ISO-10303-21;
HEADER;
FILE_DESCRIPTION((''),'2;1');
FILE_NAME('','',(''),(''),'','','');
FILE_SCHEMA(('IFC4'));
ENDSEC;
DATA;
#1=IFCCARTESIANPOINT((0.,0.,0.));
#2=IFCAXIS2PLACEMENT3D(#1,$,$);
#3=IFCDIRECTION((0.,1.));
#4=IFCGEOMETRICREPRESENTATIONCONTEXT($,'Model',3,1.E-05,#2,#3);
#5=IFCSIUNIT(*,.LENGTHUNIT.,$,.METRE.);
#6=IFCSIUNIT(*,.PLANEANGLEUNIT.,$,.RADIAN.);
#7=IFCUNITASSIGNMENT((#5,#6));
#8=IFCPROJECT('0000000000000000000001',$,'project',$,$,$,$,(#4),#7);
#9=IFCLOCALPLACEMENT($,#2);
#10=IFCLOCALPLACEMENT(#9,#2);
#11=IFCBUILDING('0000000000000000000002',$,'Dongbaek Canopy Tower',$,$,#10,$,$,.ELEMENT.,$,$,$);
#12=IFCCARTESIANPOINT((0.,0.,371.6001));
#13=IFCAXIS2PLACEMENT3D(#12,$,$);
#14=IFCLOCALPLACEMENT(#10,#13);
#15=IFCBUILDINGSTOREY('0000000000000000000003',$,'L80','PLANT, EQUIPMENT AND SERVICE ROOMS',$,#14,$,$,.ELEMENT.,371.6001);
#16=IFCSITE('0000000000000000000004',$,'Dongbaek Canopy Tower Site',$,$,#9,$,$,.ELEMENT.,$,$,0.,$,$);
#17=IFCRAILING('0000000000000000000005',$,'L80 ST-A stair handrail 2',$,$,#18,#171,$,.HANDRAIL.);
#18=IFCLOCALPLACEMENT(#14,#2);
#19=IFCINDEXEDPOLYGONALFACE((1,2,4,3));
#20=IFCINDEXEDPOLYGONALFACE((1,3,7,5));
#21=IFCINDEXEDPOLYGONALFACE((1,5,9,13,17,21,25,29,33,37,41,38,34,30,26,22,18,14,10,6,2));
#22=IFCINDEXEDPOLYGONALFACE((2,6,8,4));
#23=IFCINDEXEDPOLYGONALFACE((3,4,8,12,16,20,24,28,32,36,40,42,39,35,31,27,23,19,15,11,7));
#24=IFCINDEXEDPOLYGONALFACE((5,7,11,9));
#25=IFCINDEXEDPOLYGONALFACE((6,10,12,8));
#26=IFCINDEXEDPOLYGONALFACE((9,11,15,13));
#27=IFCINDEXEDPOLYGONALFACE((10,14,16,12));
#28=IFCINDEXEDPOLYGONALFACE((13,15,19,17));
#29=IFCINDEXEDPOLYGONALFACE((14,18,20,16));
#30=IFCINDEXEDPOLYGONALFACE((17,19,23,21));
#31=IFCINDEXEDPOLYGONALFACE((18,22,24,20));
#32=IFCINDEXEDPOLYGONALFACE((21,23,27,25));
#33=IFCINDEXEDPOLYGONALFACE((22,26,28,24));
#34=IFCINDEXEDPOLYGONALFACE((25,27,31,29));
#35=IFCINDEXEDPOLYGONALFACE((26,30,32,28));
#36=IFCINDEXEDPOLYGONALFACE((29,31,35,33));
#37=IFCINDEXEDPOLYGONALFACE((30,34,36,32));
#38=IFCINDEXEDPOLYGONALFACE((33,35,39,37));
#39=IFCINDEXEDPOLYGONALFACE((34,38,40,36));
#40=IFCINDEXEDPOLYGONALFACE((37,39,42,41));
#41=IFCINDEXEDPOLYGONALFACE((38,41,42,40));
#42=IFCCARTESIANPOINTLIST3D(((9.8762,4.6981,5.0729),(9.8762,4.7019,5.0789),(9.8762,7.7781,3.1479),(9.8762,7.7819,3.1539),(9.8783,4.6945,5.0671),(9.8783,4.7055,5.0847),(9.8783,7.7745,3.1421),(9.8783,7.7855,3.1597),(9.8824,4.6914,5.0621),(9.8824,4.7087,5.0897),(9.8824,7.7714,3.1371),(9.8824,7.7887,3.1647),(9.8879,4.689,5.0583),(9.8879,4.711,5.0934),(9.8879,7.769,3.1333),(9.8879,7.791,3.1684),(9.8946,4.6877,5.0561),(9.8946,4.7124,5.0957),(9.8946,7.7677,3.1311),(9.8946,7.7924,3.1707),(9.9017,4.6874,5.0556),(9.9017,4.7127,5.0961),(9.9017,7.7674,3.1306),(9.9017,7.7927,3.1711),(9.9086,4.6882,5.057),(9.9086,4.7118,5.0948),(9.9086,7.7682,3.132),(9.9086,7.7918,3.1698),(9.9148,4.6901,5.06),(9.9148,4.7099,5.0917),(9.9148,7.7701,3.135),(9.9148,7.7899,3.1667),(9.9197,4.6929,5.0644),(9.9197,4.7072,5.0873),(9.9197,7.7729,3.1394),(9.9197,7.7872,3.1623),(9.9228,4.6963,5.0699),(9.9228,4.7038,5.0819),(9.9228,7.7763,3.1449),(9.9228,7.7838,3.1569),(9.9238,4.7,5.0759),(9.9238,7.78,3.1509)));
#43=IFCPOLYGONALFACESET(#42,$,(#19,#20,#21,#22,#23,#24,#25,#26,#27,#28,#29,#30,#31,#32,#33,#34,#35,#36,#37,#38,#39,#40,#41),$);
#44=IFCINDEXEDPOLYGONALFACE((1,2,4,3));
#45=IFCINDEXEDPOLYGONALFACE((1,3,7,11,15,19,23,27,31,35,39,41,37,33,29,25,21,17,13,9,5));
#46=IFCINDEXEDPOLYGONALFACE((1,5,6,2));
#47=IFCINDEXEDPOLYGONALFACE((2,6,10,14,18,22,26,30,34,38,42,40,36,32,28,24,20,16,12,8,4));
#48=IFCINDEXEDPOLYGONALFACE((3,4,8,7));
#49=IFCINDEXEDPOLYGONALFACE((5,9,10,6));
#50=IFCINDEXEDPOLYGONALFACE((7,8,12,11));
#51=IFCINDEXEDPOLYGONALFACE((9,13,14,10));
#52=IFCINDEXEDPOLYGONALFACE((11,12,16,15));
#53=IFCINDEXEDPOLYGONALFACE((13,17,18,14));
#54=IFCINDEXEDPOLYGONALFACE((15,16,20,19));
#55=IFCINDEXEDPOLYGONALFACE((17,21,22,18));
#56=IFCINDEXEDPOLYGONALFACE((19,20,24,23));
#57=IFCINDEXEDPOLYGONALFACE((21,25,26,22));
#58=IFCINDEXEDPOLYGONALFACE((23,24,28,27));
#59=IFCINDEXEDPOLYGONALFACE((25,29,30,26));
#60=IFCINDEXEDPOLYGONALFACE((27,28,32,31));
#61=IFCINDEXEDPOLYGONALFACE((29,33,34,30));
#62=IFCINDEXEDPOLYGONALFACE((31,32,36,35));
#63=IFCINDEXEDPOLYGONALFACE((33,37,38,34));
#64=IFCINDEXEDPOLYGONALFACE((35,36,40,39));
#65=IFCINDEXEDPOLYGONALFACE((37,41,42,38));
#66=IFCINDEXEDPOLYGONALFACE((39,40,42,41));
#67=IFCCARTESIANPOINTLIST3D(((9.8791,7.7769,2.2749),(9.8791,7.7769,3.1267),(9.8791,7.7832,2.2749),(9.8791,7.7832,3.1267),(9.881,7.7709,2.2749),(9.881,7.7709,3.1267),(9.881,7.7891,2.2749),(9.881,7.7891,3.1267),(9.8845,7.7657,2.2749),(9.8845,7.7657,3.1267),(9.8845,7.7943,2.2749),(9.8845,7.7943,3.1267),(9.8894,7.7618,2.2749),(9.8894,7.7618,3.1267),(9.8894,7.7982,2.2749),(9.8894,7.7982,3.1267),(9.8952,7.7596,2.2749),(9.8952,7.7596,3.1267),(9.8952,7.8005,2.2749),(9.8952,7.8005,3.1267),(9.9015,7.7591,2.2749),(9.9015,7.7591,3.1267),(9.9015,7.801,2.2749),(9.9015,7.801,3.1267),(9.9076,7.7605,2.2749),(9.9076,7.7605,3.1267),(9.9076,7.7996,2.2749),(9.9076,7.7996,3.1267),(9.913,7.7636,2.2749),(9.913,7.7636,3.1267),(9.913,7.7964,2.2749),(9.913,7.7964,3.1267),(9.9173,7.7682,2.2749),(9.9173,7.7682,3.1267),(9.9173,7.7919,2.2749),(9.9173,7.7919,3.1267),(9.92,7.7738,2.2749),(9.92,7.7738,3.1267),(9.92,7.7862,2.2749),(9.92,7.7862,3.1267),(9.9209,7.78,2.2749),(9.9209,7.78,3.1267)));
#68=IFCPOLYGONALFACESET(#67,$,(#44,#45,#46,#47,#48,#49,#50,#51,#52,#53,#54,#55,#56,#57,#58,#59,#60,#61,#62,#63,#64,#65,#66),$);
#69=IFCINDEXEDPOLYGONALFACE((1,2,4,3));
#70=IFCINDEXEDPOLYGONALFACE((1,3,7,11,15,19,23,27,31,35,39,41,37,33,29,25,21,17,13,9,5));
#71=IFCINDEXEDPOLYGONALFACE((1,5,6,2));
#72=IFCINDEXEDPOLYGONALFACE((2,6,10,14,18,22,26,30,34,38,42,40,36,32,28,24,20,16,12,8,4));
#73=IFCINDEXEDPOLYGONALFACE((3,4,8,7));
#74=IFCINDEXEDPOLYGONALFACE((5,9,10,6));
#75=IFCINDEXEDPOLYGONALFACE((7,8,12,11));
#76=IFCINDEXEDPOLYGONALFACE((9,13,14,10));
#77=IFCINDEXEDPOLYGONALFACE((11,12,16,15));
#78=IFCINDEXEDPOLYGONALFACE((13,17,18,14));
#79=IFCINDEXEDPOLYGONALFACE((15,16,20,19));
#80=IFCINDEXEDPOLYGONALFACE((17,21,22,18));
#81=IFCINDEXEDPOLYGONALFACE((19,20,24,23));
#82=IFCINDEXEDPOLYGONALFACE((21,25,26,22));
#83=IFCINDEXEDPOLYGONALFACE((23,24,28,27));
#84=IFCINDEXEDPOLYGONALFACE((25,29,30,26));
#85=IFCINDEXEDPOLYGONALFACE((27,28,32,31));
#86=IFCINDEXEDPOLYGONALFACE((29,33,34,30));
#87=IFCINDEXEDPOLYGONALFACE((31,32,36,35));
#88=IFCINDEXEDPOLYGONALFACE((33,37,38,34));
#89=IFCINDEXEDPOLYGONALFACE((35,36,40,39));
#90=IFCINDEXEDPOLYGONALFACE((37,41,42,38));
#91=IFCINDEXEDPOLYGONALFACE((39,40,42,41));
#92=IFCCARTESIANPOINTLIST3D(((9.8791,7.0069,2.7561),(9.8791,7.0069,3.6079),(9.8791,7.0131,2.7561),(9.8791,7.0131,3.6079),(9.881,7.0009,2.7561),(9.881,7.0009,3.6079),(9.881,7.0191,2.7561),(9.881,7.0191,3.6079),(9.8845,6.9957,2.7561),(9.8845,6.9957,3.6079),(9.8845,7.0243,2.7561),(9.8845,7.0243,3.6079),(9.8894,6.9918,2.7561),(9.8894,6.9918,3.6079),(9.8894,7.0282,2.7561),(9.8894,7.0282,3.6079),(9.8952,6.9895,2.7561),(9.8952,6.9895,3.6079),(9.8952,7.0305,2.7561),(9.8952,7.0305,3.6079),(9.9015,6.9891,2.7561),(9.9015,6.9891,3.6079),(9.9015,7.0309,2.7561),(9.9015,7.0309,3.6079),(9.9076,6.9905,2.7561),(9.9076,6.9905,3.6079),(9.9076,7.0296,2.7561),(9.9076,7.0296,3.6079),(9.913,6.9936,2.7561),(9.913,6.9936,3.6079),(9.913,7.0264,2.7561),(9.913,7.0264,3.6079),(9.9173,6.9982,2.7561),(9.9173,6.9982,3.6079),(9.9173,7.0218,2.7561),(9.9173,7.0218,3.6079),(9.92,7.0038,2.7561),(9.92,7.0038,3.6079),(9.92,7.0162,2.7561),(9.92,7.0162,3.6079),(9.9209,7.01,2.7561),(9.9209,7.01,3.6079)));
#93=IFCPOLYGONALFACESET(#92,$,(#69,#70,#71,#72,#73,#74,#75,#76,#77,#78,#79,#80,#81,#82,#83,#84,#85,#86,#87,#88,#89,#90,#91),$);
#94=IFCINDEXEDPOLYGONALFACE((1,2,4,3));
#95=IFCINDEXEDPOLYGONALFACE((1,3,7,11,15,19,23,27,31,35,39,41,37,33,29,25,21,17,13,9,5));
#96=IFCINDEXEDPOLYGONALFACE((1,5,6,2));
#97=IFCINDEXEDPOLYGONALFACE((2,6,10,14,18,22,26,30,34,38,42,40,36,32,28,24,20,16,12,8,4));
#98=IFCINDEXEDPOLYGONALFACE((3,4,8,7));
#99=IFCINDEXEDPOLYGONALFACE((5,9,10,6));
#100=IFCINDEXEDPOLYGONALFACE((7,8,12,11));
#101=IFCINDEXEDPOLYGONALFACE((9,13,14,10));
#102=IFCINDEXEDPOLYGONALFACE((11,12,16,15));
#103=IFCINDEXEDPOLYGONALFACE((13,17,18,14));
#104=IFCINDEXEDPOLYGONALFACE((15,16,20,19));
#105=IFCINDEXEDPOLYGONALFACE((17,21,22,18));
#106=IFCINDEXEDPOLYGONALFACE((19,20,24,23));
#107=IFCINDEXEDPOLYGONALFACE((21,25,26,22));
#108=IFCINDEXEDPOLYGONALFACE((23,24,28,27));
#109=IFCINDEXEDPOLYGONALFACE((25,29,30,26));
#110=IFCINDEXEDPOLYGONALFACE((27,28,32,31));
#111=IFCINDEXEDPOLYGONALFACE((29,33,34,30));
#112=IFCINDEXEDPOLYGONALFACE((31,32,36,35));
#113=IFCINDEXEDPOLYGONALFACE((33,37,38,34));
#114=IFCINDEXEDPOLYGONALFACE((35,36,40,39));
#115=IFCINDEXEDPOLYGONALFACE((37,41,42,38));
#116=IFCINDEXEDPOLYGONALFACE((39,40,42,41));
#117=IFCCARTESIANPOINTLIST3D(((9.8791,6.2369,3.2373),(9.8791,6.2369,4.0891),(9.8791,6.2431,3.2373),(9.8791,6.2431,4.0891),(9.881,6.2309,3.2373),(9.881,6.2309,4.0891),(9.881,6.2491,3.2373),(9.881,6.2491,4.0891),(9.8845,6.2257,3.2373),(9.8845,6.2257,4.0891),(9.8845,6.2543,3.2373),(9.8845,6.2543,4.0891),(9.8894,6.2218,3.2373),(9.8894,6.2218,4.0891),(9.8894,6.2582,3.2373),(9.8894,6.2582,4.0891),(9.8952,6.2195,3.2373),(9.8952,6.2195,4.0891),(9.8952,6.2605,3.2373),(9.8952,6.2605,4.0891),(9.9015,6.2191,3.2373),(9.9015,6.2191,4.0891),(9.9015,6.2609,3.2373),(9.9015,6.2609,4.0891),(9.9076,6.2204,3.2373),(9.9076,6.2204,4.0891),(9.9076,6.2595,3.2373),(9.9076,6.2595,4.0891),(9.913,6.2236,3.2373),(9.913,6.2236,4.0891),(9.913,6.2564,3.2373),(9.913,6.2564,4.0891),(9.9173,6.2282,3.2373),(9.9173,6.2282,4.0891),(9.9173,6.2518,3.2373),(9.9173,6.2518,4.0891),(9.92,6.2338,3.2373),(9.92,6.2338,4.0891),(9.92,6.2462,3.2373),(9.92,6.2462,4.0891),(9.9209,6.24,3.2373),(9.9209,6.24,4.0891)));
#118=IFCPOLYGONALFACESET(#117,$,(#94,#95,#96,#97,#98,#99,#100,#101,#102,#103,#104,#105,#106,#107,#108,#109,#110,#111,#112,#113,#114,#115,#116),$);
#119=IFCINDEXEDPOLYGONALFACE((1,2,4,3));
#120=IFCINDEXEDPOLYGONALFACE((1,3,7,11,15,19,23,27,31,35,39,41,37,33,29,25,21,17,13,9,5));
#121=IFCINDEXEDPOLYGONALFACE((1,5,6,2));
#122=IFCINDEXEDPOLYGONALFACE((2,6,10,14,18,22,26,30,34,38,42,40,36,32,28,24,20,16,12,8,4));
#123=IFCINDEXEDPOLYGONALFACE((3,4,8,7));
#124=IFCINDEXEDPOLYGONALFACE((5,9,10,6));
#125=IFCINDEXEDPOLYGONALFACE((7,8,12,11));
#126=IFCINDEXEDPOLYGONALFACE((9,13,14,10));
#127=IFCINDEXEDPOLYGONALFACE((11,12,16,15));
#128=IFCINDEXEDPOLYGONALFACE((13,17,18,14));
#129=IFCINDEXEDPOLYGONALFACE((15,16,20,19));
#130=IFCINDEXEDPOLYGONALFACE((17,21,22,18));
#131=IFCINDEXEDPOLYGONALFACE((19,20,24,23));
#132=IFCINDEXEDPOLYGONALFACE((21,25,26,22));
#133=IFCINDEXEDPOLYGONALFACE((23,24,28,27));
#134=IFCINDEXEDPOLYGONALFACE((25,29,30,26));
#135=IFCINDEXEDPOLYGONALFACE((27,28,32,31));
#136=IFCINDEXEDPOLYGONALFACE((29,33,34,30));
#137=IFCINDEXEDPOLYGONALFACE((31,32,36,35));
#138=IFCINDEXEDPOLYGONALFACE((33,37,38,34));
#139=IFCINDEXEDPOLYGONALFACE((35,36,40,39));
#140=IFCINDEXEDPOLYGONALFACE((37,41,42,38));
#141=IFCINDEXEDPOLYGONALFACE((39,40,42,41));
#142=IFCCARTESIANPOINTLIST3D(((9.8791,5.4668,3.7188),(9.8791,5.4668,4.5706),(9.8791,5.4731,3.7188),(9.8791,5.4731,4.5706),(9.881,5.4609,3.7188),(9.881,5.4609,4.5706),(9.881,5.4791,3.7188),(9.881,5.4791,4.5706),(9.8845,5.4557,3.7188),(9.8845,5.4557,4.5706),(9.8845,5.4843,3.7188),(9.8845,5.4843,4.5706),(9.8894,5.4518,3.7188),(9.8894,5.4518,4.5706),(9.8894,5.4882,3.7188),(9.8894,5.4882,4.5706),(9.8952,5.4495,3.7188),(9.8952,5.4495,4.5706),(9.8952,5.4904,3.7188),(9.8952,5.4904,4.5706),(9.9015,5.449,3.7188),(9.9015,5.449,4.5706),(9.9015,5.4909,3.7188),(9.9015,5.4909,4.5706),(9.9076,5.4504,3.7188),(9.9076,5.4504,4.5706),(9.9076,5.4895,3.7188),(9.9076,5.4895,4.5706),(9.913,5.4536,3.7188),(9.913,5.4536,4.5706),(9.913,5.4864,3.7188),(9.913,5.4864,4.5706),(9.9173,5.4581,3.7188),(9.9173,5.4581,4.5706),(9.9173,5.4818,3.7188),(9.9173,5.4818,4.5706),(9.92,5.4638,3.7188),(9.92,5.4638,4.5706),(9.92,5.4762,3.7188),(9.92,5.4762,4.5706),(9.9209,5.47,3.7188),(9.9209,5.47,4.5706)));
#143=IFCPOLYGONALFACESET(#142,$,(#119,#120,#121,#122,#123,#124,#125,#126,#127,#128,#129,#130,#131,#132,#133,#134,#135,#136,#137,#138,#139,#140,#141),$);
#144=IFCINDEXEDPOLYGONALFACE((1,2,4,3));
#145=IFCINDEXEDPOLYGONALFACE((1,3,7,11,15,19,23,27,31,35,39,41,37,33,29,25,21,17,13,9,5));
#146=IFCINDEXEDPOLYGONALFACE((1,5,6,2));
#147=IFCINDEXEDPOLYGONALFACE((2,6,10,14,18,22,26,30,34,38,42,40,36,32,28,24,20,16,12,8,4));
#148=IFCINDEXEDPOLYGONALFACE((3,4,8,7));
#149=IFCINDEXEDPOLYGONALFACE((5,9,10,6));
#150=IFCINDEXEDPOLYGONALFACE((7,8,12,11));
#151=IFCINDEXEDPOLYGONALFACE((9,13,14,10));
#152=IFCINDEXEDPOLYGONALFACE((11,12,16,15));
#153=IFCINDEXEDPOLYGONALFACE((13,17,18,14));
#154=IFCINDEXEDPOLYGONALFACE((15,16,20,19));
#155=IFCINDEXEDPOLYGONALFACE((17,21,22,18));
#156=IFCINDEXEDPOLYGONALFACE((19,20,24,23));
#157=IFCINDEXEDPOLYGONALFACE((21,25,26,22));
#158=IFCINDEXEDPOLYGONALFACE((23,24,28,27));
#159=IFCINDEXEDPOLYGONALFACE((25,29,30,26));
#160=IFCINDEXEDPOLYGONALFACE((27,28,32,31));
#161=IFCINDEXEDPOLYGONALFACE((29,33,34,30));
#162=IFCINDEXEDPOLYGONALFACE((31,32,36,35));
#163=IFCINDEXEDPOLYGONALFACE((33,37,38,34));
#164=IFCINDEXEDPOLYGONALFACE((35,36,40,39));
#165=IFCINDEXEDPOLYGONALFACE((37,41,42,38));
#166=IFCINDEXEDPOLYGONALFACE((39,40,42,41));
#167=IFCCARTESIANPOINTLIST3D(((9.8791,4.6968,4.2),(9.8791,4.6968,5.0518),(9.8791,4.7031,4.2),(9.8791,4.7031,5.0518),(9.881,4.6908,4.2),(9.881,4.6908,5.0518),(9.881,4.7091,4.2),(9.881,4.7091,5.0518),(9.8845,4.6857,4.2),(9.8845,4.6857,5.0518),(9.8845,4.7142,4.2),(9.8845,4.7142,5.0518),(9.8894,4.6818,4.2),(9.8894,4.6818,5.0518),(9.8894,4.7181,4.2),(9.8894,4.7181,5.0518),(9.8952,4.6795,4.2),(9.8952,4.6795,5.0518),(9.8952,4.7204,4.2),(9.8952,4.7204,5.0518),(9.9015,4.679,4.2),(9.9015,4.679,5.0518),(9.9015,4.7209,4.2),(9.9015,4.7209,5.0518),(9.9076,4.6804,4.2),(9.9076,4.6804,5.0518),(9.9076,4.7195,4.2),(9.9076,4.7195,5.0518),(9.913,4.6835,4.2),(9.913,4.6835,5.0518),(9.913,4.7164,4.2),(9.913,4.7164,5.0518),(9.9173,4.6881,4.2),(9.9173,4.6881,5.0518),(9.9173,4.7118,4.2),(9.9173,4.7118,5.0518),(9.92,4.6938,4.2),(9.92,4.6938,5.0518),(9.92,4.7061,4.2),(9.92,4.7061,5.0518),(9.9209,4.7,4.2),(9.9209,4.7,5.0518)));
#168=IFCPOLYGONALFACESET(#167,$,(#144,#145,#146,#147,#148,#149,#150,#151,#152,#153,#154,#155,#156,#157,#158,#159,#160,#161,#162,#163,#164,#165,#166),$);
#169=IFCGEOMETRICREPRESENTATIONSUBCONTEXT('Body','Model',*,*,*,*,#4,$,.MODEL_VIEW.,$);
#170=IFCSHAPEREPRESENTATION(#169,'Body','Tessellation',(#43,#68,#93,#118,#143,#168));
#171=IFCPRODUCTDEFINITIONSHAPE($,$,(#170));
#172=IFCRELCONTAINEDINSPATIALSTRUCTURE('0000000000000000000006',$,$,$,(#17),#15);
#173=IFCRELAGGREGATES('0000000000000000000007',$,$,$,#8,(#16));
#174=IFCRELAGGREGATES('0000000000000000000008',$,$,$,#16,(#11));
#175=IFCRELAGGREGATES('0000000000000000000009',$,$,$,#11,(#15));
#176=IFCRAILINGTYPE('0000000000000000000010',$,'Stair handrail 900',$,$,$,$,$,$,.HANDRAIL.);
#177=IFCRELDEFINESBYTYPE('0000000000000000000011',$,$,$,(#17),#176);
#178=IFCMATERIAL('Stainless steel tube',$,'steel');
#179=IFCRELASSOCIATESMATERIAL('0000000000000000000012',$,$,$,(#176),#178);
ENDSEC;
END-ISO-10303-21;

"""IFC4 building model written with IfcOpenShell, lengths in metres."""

from ifc_helpers import new_model, si_unit, direction, frame, origin, origin_2d, place, context, subcontext, project, spatial, circle, extrude, material, type_object, element, save


model = new_model("IFC4")

# Units and contexts
model_context = context("Model", 3, precision=1e-05, world=origin(), true_north=direction((0.0, 1.0)))
body_context = subcontext(model_context, "Body", "Model", "MODEL_VIEW")
ifc_project = project(units=[si_unit("LENGTHUNIT", "METRE"), si_unit("PLANEANGLEUNIT", "RADIAN")], contexts=[model_context])

# Site, building, storey
site_placement = place(None, origin())
site = spatial("IfcSite", under=ifc_project, at=site_placement, Name="Dongbaek Canopy Tower Site", CompositionType="ELEMENT", RefElevation=0.0)
building_placement = place(site_placement, origin())
building = spatial("IfcBuilding", under=site, at=building_placement, Name="Dongbaek Canopy Tower", CompositionType="ELEMENT")
storey_placement = place(building_placement, frame((0.0, 0.0, 371.6001)))
storey = spatial("IfcBuildingStorey", under=building, at=storey_placement, Name="L80", Description="PLANT, EQUIPMENT AND SERVICE ROOMS", CompositionType="ELEMENT", Elevation=371.6001)

# Railing
ifc_material_1 = material(Name="Stainless steel tube", Category="steel")
railing_type = type_object("IfcRailingType", Name="Stair handrail 900", PredefinedType="HANDRAIL", material=ifc_material_1)
railing_placement = place(storey_placement, frame((9.8999, 7.78, 2.2749)))
element("IfcRailing", 1, at=railing_placement, inside=storey, type_object=railing_type, Name="L80 ST-A stair handrail 2", PredefinedType="HANDRAIL", context=body_context, shape_type="SweptSolid", body=[
    extrude(circle(Radius=0.0239, at=origin_2d()), frame((0.0, 0.0, 0.876), z_axis=(0.0, -0.847998, 0.529999), x_axis=(1.0, 0.0, 0.0)), (0.0, 0.0, 1.0), 3.6321),
    extrude(circle(Radius=0.021, at=origin_2d()), origin(), (0.0, 0.0, 1.0), 0.8518),
    extrude(circle(Radius=0.021, at=origin_2d()), frame((0.0, -0.77, 0.4812)), (0.0, 0.0, 1.0), 0.8518),
    extrude(circle(Radius=0.021, at=origin_2d()), frame((0.0, -1.54, 0.9624)), (0.0, 0.0, 1.0), 0.8518),
    extrude(circle(Radius=0.021, at=origin_2d()), frame((0.0, -2.3101, 1.4438)), (0.0, 0.0, 1.0), 0.8518),
    extrude(circle(Radius=0.021, at=origin_2d()), frame((0.0, -3.0801, 1.925)), (0.0, 0.0, 1.0), 0.8518),
])

save(model, "model.ifc")
